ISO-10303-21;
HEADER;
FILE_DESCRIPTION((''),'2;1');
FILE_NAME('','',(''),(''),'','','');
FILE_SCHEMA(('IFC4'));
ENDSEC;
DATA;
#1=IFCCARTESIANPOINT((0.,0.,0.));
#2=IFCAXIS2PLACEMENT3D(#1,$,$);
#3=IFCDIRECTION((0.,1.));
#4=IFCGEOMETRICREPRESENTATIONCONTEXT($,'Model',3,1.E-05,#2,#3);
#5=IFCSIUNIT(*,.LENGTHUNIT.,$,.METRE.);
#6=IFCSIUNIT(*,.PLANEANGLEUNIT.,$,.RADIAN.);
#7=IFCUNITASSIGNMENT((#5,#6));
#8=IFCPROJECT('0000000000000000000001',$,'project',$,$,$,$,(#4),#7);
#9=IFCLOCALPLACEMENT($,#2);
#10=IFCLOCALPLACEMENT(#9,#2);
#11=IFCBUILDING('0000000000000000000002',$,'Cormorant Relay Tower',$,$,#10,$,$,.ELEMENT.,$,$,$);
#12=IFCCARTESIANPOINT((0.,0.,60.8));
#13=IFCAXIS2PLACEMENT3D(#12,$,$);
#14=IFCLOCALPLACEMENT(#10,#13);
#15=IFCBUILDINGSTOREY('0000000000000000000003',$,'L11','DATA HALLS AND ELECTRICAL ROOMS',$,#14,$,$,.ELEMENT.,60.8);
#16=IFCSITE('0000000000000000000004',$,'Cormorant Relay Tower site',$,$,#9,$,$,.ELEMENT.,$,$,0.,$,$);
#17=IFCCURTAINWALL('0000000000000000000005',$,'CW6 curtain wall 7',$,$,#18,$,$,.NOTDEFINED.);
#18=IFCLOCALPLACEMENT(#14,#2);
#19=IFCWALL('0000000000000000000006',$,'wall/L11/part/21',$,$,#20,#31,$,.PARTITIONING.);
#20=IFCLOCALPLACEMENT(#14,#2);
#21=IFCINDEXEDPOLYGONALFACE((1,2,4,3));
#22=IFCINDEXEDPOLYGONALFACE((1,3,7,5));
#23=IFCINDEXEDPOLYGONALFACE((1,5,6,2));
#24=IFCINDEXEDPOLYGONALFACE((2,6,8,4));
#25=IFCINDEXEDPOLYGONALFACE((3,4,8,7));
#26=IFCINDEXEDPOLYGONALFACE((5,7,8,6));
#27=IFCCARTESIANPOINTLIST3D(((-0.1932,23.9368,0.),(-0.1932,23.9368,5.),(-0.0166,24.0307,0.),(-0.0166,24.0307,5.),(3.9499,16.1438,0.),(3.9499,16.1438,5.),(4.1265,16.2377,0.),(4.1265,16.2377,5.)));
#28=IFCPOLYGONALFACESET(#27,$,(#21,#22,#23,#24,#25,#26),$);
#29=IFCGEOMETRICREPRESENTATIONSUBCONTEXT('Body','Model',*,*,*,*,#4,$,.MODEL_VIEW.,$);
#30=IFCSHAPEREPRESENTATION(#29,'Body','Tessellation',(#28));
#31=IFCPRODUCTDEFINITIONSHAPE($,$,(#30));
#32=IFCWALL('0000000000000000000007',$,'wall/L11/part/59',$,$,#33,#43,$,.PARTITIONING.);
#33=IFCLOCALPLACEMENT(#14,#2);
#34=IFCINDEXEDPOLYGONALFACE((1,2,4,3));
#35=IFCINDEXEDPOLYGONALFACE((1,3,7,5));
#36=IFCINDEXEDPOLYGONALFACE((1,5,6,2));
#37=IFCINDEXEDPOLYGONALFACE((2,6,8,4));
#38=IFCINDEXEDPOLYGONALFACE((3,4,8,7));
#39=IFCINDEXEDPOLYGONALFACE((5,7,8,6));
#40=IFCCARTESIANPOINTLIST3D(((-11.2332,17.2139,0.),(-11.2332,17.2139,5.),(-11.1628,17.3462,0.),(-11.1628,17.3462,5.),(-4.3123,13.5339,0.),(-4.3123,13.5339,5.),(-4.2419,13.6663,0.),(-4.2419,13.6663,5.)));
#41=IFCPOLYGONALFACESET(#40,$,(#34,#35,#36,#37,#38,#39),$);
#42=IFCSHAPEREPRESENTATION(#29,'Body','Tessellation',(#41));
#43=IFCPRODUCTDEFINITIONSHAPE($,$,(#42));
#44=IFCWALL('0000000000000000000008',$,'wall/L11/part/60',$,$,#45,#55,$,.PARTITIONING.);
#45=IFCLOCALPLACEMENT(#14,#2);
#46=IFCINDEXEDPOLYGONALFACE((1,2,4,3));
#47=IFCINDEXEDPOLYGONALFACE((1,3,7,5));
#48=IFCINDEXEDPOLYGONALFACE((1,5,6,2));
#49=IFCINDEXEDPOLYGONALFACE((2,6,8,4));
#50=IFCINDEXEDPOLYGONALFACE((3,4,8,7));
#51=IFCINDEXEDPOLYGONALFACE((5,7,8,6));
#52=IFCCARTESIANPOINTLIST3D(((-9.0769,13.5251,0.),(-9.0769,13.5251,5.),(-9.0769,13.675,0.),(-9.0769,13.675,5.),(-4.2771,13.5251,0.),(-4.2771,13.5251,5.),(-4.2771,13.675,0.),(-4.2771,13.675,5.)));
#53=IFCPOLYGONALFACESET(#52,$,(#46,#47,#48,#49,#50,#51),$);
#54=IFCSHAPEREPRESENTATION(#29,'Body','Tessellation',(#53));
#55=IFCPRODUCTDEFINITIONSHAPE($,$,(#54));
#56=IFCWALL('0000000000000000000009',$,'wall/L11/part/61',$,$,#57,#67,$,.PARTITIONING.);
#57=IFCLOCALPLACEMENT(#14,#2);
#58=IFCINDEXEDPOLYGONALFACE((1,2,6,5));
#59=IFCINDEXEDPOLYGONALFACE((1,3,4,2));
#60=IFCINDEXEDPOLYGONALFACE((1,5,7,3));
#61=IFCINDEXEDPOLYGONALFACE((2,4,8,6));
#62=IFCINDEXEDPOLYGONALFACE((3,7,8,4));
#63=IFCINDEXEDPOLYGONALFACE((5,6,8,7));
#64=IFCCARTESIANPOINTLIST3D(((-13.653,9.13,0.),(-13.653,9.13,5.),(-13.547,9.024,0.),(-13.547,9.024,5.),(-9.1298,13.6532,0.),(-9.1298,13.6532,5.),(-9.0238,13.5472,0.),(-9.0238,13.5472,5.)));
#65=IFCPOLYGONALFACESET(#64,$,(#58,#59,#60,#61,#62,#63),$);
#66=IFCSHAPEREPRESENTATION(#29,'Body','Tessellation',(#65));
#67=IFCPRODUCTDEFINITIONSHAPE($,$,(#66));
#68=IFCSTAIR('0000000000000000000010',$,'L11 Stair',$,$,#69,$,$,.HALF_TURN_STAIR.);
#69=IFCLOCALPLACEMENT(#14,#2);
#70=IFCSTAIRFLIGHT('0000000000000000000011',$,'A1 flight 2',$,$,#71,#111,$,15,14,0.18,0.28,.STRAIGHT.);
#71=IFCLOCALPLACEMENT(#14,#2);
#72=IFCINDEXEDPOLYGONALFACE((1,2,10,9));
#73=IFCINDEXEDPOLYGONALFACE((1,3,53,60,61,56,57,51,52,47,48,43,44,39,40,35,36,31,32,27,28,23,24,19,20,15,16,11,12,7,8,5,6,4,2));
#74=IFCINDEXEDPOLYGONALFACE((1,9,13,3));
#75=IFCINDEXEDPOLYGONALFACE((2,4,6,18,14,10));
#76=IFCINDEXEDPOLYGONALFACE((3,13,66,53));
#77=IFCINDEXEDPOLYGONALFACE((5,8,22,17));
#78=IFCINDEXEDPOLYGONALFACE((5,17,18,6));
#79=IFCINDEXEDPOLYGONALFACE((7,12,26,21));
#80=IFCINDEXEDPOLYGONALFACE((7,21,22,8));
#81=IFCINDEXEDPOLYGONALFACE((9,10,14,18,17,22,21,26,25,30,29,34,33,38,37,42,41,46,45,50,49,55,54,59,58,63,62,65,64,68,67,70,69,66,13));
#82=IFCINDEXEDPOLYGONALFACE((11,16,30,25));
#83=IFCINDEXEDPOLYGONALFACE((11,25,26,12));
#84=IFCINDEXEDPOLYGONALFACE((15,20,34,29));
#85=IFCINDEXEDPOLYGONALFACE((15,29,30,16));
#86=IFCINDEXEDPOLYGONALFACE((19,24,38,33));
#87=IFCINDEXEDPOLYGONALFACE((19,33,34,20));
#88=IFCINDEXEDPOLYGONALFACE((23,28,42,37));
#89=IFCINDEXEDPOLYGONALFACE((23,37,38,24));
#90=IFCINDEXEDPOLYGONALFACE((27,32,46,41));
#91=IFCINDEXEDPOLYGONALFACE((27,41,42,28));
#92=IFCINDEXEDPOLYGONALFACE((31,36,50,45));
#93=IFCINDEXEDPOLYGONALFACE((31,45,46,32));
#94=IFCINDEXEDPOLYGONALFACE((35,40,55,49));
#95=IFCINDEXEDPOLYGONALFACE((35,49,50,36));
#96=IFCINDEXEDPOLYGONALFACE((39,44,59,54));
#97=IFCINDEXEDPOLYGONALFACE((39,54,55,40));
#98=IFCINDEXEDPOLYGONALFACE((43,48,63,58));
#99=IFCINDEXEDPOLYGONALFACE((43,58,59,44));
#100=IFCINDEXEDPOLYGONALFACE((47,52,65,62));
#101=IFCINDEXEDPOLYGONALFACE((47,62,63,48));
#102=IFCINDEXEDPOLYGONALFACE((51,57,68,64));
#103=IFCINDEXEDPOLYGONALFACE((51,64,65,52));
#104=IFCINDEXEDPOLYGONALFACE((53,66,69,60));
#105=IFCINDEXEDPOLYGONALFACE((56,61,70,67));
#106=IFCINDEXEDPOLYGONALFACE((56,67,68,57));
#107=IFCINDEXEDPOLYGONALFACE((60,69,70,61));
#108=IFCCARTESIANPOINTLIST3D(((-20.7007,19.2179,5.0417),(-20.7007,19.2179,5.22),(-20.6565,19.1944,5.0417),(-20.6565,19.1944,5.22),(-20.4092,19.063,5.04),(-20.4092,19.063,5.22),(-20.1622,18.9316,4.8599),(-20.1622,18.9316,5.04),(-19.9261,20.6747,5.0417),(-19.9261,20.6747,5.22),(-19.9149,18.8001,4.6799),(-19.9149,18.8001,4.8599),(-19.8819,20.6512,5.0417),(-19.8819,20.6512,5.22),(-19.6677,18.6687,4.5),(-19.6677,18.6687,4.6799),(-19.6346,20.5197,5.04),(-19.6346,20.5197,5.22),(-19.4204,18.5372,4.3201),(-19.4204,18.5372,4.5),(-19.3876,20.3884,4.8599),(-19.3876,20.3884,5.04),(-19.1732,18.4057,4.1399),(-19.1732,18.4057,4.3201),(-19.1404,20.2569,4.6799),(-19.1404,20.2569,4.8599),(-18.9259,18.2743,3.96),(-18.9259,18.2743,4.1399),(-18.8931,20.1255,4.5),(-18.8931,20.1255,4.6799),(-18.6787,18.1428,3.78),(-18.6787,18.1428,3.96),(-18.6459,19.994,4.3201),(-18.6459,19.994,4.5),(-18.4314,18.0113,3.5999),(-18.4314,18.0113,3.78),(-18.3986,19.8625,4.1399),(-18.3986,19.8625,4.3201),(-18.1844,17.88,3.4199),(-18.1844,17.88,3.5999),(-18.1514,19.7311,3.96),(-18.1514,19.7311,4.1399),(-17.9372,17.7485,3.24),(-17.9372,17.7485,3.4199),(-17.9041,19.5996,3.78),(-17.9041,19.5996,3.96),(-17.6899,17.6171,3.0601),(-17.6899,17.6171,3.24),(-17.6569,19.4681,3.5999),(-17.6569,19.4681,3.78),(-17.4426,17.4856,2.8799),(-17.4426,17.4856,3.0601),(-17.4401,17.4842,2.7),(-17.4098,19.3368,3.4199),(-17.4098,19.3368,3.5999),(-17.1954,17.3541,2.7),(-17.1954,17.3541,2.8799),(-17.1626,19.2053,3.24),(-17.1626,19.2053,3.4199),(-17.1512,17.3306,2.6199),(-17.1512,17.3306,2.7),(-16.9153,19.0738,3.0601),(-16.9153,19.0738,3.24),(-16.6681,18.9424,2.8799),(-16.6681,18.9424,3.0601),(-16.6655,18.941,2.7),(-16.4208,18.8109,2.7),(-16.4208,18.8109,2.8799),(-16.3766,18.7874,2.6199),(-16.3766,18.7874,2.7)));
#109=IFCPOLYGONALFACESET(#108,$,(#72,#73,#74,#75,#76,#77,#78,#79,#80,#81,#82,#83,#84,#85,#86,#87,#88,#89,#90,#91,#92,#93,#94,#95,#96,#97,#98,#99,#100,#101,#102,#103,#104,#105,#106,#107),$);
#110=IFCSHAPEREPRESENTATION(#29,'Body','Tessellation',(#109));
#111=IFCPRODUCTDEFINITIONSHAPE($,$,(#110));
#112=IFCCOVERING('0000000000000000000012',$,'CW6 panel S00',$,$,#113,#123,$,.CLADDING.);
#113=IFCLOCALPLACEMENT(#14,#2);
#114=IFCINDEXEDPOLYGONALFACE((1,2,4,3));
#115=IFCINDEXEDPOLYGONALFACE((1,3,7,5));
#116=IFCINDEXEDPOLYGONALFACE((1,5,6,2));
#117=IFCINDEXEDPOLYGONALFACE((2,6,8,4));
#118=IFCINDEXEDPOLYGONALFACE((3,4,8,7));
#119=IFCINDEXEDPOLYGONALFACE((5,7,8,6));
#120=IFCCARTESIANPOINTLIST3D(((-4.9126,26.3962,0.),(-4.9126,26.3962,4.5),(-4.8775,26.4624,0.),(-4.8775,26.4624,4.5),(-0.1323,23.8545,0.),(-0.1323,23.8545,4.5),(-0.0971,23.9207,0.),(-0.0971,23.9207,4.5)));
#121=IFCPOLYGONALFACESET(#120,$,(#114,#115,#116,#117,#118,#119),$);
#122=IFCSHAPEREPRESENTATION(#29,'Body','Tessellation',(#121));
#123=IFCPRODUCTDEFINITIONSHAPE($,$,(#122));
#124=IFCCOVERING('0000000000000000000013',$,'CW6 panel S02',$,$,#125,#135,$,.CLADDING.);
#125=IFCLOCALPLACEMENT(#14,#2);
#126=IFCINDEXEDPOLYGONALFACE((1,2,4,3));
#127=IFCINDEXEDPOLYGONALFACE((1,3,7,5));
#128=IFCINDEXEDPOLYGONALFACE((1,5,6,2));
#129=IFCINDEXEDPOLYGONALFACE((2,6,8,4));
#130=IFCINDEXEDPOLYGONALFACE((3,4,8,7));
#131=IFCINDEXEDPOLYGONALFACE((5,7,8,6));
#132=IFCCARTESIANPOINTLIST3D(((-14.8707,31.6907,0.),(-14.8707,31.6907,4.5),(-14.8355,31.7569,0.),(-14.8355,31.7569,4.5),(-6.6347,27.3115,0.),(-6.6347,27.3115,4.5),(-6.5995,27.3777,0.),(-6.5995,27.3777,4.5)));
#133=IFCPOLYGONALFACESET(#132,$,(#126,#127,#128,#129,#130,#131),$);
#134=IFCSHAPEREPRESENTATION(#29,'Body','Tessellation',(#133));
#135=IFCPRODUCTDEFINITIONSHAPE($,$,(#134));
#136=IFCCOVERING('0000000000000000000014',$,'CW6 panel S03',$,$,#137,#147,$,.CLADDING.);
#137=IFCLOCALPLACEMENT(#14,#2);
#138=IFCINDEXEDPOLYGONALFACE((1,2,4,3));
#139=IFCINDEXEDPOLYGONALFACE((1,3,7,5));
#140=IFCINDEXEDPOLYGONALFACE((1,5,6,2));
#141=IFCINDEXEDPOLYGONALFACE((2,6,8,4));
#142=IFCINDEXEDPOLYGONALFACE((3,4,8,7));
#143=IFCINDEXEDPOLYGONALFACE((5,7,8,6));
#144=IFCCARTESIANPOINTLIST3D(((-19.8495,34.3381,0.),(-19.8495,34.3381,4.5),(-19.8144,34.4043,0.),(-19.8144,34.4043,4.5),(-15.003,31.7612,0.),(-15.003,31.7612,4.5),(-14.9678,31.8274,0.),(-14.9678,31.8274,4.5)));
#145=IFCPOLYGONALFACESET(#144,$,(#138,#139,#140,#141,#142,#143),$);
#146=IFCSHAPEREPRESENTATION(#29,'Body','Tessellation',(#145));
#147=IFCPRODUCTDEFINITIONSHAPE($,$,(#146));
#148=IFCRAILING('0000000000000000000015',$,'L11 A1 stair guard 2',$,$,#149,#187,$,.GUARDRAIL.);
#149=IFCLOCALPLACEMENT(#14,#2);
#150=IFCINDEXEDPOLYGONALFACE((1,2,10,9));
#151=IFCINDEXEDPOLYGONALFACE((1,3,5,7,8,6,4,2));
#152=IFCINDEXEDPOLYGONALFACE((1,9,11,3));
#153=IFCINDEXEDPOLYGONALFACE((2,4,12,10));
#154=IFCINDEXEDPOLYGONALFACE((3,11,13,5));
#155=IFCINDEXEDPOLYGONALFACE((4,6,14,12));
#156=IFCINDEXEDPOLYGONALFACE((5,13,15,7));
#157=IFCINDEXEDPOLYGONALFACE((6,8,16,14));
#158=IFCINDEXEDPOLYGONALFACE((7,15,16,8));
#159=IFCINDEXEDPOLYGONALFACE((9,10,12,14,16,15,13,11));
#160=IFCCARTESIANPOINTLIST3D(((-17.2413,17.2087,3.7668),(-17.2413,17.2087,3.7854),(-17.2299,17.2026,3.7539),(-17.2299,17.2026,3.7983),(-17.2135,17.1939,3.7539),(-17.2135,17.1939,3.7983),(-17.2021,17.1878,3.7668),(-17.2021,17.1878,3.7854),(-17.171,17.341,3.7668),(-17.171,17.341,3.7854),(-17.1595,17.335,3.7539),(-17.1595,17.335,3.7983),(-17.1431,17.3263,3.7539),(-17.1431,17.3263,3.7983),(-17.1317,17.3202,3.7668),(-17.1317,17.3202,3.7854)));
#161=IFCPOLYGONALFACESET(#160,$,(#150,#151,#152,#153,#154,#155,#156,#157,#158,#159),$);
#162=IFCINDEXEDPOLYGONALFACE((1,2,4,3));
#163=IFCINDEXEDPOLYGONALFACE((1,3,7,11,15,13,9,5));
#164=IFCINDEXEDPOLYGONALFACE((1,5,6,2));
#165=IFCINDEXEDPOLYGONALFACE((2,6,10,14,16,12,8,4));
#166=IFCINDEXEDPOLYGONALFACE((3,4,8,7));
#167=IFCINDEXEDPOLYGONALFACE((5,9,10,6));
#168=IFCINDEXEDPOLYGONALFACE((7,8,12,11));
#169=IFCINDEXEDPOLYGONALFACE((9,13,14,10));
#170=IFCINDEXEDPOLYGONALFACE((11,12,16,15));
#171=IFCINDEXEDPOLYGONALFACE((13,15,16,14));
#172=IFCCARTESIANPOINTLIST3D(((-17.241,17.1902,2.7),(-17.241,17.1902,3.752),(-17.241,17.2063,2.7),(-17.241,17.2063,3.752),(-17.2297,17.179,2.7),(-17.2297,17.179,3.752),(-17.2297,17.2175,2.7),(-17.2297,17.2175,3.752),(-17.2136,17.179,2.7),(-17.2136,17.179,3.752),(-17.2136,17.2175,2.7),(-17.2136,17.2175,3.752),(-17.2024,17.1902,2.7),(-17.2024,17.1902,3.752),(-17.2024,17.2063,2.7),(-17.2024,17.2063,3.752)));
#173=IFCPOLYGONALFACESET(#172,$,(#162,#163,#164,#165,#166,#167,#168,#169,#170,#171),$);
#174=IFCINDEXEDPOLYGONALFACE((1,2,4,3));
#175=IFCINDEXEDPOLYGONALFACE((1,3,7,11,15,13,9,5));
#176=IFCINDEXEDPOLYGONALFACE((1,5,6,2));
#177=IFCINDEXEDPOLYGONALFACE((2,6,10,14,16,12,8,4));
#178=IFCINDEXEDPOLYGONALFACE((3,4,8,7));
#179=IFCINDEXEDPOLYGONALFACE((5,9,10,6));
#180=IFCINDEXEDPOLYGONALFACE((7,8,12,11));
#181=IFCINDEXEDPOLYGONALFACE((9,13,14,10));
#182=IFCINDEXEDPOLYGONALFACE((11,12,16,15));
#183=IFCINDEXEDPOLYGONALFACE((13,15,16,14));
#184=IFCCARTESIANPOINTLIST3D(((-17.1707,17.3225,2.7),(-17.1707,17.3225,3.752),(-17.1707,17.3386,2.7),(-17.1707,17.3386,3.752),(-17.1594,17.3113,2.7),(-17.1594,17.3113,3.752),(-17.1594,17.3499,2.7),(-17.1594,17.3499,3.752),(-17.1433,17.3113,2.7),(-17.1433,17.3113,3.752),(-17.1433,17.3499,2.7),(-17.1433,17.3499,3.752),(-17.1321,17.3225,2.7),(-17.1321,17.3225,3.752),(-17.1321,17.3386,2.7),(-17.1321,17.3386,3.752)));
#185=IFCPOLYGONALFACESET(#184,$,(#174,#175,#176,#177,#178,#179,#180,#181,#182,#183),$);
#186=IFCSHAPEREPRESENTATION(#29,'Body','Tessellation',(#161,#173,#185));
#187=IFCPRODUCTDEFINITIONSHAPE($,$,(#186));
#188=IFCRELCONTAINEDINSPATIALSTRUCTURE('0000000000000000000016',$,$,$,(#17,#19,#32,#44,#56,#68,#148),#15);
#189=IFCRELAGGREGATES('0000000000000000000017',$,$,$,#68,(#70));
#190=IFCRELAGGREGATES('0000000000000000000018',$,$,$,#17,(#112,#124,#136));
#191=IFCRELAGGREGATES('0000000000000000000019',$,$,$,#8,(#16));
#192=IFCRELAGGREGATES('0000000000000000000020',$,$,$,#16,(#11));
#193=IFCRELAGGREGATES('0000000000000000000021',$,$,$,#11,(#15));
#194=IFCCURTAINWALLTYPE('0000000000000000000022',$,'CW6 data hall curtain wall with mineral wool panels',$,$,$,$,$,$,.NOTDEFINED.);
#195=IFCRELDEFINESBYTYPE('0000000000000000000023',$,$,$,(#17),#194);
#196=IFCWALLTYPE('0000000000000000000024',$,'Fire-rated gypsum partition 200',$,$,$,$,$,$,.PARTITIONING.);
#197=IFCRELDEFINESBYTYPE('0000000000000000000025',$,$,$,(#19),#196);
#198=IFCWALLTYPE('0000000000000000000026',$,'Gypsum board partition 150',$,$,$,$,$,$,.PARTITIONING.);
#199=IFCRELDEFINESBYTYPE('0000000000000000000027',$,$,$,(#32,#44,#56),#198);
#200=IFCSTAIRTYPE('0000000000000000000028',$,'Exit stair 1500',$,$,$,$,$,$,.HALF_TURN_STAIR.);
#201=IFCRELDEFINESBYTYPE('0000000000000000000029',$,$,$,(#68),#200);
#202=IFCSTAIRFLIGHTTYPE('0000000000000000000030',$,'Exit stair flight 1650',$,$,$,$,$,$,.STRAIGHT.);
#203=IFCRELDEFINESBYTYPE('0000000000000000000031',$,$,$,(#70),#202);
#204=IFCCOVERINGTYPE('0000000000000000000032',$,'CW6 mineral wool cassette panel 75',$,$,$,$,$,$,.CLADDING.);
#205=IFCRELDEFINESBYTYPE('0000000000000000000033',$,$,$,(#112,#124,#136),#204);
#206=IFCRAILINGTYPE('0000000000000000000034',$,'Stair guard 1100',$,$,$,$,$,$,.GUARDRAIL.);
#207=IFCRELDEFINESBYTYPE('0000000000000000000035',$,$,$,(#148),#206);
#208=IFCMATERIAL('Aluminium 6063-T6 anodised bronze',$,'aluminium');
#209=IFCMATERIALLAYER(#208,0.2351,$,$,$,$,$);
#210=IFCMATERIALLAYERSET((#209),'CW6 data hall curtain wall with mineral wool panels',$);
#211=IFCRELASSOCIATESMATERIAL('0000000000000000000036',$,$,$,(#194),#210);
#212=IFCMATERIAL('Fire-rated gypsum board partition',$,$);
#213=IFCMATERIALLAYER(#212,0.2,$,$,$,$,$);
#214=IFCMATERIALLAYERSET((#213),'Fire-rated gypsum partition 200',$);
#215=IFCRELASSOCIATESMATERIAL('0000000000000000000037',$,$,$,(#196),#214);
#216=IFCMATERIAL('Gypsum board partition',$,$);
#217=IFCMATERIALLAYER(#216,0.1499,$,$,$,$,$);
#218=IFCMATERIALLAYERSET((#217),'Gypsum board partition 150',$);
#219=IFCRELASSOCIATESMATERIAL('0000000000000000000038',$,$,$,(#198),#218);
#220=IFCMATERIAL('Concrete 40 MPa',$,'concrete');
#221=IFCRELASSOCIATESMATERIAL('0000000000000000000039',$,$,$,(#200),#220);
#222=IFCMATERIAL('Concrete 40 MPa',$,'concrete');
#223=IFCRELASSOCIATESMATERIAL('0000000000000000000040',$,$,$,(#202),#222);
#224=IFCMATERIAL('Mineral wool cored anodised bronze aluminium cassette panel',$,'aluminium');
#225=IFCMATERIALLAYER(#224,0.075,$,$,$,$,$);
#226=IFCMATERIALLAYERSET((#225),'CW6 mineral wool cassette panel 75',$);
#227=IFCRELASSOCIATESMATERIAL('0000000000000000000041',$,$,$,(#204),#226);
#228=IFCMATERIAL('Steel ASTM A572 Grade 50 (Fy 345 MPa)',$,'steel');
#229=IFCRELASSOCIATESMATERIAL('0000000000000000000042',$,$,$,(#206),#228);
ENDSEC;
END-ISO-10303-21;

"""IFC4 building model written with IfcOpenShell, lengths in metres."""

from ifc_helpers import new_model, si_unit, direction, frame, frame_2d, origin, origin_2d, place, context, subcontext, project, spatial, polyline, rectangle, outline, extrude, material, layer, layer_set, type_object, element, aggregate, save


model = new_model("IFC4")

# Units and contexts
model_context = context("Model", 3, precision=1e-05, world=origin(), true_north=direction((0.0, 1.0)))
body_context = subcontext(model_context, "Body", "Model", "MODEL_VIEW")
ifc_project = project(units=[si_unit("LENGTHUNIT", "METRE"), si_unit("PLANEANGLEUNIT", "RADIAN")], contexts=[model_context])

# Site, building, storey
site_placement = place(None, origin())
site = spatial("IfcSite", under=ifc_project, at=site_placement, Name="Cormorant Relay Tower site", CompositionType="ELEMENT", RefElevation=0.0)
building_placement = place(site_placement, origin())
building = spatial("IfcBuilding", under=site, at=building_placement, Name="Cormorant Relay Tower", CompositionType="ELEMENT")
storey_placement = place(building_placement, frame((0.0, 0.0, 60.8)))
storey = spatial("IfcBuildingStorey", under=building, at=storey_placement, Name="L11", Description="DATA HALLS AND ELECTRICAL ROOMS", CompositionType="ELEMENT", Elevation=60.8)

# Curtain wall
ifc_material_1 = material(Name="Aluminium 6063-T6 anodised bronze", Category="aluminium")
ifc_layer_1 = layer(ifc_material_1, 0.2351)
ifc_layer_set_1 = layer_set([ifc_layer_1], Name="CW6 data hall curtain wall with mineral wool panels")
curtain_wall_type = type_object("IfcCurtainWallType", Name="CW6 data hall curtain wall with mineral wool panels", PredefinedType="NOTDEFINED", material=ifc_layer_set_1)
curtain_wall_placement = place(storey_placement, origin())
curtain_wall = element("IfcCurtainWall", 1, at=curtain_wall_placement, inside=storey, type_object=curtain_wall_type, Name="CW6 curtain wall 7", PredefinedType="NOTDEFINED")

# Walls
ifc_material_2 = material(Name="Fire-rated gypsum board partition")
ifc_layer_2 = layer(ifc_material_2, 0.2)
ifc_layer_set_2 = layer_set([ifc_layer_2], Name="Fire-rated gypsum partition 200")
wall_type_1 = type_object("IfcWallType", Name="Fire-rated gypsum partition 200", PredefinedType="PARTITIONING", material=ifc_layer_set_2)
wall_1_placement = place(storey_placement, frame((-0.105, 23.9839, 0.0), z_axis=(0.0, 0.0, 1.0), x_axis=(0.469425, -0.882972, 0.0)))
element("IfcWall", 2, at=wall_1_placement, inside=storey, type_object=wall_type_1, Name="wall/L11/part/21", PredefinedType="PARTITIONING", context=body_context, shape_type="SweptSolid", body=[
    extrude(rectangle(XDim=8.8259, YDim=0.2, at=frame_2d((4.4131, 0.0))), origin(), (0.0, 0.0, 1.0), 5.0),
])
ifc_material_3 = material(Name="Gypsum board partition")
ifc_layer_3 = layer(ifc_material_3, 0.1499)
ifc_layer_set_3 = layer_set([ifc_layer_3], Name="Gypsum board partition 150")
wall_type_2 = type_object("IfcWallType", Name="Gypsum board partition 150", PredefinedType="PARTITIONING", material=ifc_layer_set_3)
wall_2_placement = place(storey_placement, frame((-11.198, 17.28, 0.0), z_axis=(0.0, 0.0, 1.0), x_axis=(0.882946, -0.469474, 0.0)))
element("IfcWall", 3, at=wall_2_placement, inside=storey, type_object=wall_type_2, Name="wall/L11/part/59", PredefinedType="PARTITIONING", context=body_context, shape_type="SweptSolid", body=[
    extrude(rectangle(XDim=7.8384, YDim=0.1499, at=frame_2d((3.9192, 0.0))), origin(), (0.0, 0.0, 1.0), 5.0),
])
wall_3_placement = place(storey_placement, frame((-4.2771, 13.6001, 0.0), z_axis=(0.0, 0.0, 1.0), x_axis=(-1.0, 0.0, 0.0)))
element("IfcWall", 4, at=wall_3_placement, inside=storey, type_object=wall_type_2, Name="wall/L11/part/60", PredefinedType="PARTITIONING", context=body_context, shape_type="SweptSolid", body=[
    extrude(rectangle(XDim=4.7998, YDim=0.1499, at=frame_2d((2.3999, 0.0))), origin(), (0.0, 0.0, 1.0), 5.0),
])
wall_4_placement = place(storey_placement, frame((-9.0769, 13.6001, 0.0), z_axis=(0.0, 0.0, 1.0), x_axis=(-0.707107, -0.707107, 0.0)))
element("IfcWall", 5, at=wall_4_placement, inside=storey, type_object=wall_type_2, Name="wall/L11/part/61", PredefinedType="PARTITIONING", context=body_context, shape_type="SweptSolid", body=[
    extrude(rectangle(XDim=6.3967, YDim=0.1499, at=frame_2d((3.1982, 0.0))), origin(), (0.0, 0.0, 1.0), 5.0),
])

# Stair, stair flight
ifc_material_4 = material(Name="Concrete 40 MPa", Category="concrete")
stair_type = type_object("IfcStairType", Name="Exit stair 1500", PredefinedType="HALF_TURN_STAIR", material=ifc_material_4)
stair_placement = place(storey_placement, origin())
stair = element("IfcStair", 6, at=stair_placement, inside=storey, type_object=stair_type, Name="L11 Stair", PredefinedType="HALF_TURN_STAIR")
ifc_material_5 = material(Name="Concrete 40 MPa", Category="concrete")
stair_flight_type = type_object("IfcStairFlightType", Name="Exit stair flight 1650", PredefinedType="STRAIGHT", material=ifc_material_5)
stair_flight_placement = place(storey_placement, frame((-16.8081, 18.0825, 2.7), z_axis=(0.0, 0.0, 1.0), x_axis=(-0.882948, 0.469472, 0.0)))
stair_flight = element("IfcStairFlight", 7, at=stair_flight_placement, type_object=stair_flight_type, Name="A1 flight 2", NumberOfRisers=15, NumberOfTreads=14, PredefinedType="STRAIGHT", RiserHeight=0.18, TreadLength=0.28, context=body_context, shape_type="SweptSolid", body=[
    extrude(outline(polyline([(-0.05, -0.0801), (-0.05, 0.0), (0.0, 0.0), (0.0, 0.1799), (0.28, 0.1799), (0.28, 0.3601), (0.5601, 0.3601), (0.5601, 0.54), (0.8401, 0.54), (0.8401, 0.72), (1.1201, 0.72), (1.1201, 0.8999), (1.3999, 0.8999), (1.3999, 1.0801), (1.6799, 1.0801), (1.6799, 1.26), (1.96, 1.26), (1.96, 1.4399), (2.24, 1.4399), (2.24, 1.6201), (2.52, 1.6201), (2.52, 1.8), (2.8, 1.8), (2.8, 1.98), (3.0801, 1.98), (3.0801, 2.1599), (3.3601, 2.1599), (3.3601, 2.3401), (3.6399, 2.3401), (3.6399, 2.52), (3.9199, 2.52), (3.97, 2.52), (3.97, 2.3418), (3.9199, 2.3418), (0.2771, 0.0), (-0.05, -0.0801)])), frame((0.0, 0.825, 0.0), z_axis=(0.0, -1.0, 0.0), x_axis=(1.0, 0.0, 0.0)), (0.0, 0.0, 1.0), 1.6499),
])
aggregate(stair, [stair_flight])

# Coverings
ifc_material_6 = material(Name="Mineral wool cored anodised bronze aluminium cassette panel", Category="aluminium")
ifc_layer_4 = layer(ifc_material_6, 0.075)
ifc_layer_set_4 = layer_set([ifc_layer_4], Name="CW6 mineral wool cassette panel 75")
covering_type = type_object("IfcCoveringType", Name="CW6 mineral wool cassette panel 75", PredefinedType="CLADDING", material=ifc_layer_set_4)
covering_1_placement = place(storey_placement, frame((-2.5049, 25.1584, 0.0), z_axis=(0.0, 0.0, 1.0), x_axis=(-0.882948, 0.469472, 0.0)))
covering_1 = element("IfcCovering", 8, at=covering_1_placement, type_object=covering_type, Name="CW6 panel S00", PredefinedType="CLADDING", context=body_context, shape_type="SweptSolid", body=[
    extrude(rectangle(XDim=5.4141, YDim=0.075, at=origin_2d()), origin(), (0.0, 0.0, 1.0), 4.5),
])
covering_2_placement = place(storey_placement, frame((-10.7351, 29.5342, 0.0), z_axis=(0.0, 0.0, 1.0), x_axis=(-0.882948, 0.469472, 0.0)))
covering_2 = element("IfcCovering", 9, at=covering_2_placement, type_object=covering_type, Name="CW6 panel S02", PredefinedType="CLADDING", context=body_context, shape_type="SweptSolid", body=[
    extrude(rectangle(XDim=9.3279, YDim=0.075, at=origin_2d()), origin(), (0.0, 0.0, 1.0), 4.5),
])
covering_3_placement = place(storey_placement, frame((-17.4087, 33.0828, 0.0), z_axis=(0.0, 0.0, 1.0), x_axis=(-0.882948, 0.469472, 0.0)))
covering_3 = element("IfcCovering", 10, at=covering_3_placement, type_object=covering_type, Name="CW6 panel S03", PredefinedType="CLADDING", context=body_context, shape_type="SweptSolid", body=[
    extrude(rectangle(XDim=5.489, YDim=0.075, at=origin_2d()), origin(), (0.0, 0.0, 1.0), 4.5),
])
aggregate(curtain_wall, [covering_1, covering_2, covering_3])

# Railing
ifc_material_7 = material(Name="Steel ASTM A572 Grade 50 (Fy 345 MPa)", Category="steel")
railing_type_1 = type_object("IfcRailingType", Name="Stair guard 1100", PredefinedType="GUARDRAIL", material=ifc_material_7)
railing_1_placement = place(storey_placement, frame((-17.2217, 17.1982, 2.7)))
element("IfcRailing", 11, at=railing_1_placement, inside=storey, type_object=railing_type_1, Name="L11 A1 stair guard 2", PredefinedType="GUARDRAIL", context=body_context, shape_type="SweptSolid", body=[
    extrude(outline(polyline([(0.0222, 0.0093), (0.0093, 0.0222), (-0.0093, 0.0222), (-0.0222, 0.0093), (-0.0222, -0.0093), (-0.0093, -0.0222), (0.0093, -0.0222), (0.0222, -0.0093), (0.0222, 0.0093)])), frame((0.0, 0.0, 1.0762), z_axis=(0.469235, 0.883074, 0.0), x_axis=(-0.883074, 0.469235, 0.0)), (0.0, 0.0, 1.0), 0.1499),
    extrude(outline(polyline([(0.0193, 0.0081), (0.0081, 0.0193), (-0.0081, 0.0193), (-0.0193, 0.0081), (-0.0193, -0.0081), (-0.0081, -0.0193), (0.0081, -0.0193), (0.0193, -0.0081), (0.0193, 0.0081)])), origin(), (0.0, 0.0, 1.0), 1.052),
    extrude(outline(polyline([(0.0193, 0.0081), (0.0081, 0.0193), (-0.0081, 0.0193), (-0.0193, 0.0081), (-0.0193, -0.0081), (-0.0081, -0.0193), (0.0081, -0.0193), (0.0193, -0.0081), (0.0193, 0.0081)])), frame((0.0703, 0.1323, 0.0)), (0.0, 0.0, 1.0), 1.052),
])

save(model, "model.ifc")
